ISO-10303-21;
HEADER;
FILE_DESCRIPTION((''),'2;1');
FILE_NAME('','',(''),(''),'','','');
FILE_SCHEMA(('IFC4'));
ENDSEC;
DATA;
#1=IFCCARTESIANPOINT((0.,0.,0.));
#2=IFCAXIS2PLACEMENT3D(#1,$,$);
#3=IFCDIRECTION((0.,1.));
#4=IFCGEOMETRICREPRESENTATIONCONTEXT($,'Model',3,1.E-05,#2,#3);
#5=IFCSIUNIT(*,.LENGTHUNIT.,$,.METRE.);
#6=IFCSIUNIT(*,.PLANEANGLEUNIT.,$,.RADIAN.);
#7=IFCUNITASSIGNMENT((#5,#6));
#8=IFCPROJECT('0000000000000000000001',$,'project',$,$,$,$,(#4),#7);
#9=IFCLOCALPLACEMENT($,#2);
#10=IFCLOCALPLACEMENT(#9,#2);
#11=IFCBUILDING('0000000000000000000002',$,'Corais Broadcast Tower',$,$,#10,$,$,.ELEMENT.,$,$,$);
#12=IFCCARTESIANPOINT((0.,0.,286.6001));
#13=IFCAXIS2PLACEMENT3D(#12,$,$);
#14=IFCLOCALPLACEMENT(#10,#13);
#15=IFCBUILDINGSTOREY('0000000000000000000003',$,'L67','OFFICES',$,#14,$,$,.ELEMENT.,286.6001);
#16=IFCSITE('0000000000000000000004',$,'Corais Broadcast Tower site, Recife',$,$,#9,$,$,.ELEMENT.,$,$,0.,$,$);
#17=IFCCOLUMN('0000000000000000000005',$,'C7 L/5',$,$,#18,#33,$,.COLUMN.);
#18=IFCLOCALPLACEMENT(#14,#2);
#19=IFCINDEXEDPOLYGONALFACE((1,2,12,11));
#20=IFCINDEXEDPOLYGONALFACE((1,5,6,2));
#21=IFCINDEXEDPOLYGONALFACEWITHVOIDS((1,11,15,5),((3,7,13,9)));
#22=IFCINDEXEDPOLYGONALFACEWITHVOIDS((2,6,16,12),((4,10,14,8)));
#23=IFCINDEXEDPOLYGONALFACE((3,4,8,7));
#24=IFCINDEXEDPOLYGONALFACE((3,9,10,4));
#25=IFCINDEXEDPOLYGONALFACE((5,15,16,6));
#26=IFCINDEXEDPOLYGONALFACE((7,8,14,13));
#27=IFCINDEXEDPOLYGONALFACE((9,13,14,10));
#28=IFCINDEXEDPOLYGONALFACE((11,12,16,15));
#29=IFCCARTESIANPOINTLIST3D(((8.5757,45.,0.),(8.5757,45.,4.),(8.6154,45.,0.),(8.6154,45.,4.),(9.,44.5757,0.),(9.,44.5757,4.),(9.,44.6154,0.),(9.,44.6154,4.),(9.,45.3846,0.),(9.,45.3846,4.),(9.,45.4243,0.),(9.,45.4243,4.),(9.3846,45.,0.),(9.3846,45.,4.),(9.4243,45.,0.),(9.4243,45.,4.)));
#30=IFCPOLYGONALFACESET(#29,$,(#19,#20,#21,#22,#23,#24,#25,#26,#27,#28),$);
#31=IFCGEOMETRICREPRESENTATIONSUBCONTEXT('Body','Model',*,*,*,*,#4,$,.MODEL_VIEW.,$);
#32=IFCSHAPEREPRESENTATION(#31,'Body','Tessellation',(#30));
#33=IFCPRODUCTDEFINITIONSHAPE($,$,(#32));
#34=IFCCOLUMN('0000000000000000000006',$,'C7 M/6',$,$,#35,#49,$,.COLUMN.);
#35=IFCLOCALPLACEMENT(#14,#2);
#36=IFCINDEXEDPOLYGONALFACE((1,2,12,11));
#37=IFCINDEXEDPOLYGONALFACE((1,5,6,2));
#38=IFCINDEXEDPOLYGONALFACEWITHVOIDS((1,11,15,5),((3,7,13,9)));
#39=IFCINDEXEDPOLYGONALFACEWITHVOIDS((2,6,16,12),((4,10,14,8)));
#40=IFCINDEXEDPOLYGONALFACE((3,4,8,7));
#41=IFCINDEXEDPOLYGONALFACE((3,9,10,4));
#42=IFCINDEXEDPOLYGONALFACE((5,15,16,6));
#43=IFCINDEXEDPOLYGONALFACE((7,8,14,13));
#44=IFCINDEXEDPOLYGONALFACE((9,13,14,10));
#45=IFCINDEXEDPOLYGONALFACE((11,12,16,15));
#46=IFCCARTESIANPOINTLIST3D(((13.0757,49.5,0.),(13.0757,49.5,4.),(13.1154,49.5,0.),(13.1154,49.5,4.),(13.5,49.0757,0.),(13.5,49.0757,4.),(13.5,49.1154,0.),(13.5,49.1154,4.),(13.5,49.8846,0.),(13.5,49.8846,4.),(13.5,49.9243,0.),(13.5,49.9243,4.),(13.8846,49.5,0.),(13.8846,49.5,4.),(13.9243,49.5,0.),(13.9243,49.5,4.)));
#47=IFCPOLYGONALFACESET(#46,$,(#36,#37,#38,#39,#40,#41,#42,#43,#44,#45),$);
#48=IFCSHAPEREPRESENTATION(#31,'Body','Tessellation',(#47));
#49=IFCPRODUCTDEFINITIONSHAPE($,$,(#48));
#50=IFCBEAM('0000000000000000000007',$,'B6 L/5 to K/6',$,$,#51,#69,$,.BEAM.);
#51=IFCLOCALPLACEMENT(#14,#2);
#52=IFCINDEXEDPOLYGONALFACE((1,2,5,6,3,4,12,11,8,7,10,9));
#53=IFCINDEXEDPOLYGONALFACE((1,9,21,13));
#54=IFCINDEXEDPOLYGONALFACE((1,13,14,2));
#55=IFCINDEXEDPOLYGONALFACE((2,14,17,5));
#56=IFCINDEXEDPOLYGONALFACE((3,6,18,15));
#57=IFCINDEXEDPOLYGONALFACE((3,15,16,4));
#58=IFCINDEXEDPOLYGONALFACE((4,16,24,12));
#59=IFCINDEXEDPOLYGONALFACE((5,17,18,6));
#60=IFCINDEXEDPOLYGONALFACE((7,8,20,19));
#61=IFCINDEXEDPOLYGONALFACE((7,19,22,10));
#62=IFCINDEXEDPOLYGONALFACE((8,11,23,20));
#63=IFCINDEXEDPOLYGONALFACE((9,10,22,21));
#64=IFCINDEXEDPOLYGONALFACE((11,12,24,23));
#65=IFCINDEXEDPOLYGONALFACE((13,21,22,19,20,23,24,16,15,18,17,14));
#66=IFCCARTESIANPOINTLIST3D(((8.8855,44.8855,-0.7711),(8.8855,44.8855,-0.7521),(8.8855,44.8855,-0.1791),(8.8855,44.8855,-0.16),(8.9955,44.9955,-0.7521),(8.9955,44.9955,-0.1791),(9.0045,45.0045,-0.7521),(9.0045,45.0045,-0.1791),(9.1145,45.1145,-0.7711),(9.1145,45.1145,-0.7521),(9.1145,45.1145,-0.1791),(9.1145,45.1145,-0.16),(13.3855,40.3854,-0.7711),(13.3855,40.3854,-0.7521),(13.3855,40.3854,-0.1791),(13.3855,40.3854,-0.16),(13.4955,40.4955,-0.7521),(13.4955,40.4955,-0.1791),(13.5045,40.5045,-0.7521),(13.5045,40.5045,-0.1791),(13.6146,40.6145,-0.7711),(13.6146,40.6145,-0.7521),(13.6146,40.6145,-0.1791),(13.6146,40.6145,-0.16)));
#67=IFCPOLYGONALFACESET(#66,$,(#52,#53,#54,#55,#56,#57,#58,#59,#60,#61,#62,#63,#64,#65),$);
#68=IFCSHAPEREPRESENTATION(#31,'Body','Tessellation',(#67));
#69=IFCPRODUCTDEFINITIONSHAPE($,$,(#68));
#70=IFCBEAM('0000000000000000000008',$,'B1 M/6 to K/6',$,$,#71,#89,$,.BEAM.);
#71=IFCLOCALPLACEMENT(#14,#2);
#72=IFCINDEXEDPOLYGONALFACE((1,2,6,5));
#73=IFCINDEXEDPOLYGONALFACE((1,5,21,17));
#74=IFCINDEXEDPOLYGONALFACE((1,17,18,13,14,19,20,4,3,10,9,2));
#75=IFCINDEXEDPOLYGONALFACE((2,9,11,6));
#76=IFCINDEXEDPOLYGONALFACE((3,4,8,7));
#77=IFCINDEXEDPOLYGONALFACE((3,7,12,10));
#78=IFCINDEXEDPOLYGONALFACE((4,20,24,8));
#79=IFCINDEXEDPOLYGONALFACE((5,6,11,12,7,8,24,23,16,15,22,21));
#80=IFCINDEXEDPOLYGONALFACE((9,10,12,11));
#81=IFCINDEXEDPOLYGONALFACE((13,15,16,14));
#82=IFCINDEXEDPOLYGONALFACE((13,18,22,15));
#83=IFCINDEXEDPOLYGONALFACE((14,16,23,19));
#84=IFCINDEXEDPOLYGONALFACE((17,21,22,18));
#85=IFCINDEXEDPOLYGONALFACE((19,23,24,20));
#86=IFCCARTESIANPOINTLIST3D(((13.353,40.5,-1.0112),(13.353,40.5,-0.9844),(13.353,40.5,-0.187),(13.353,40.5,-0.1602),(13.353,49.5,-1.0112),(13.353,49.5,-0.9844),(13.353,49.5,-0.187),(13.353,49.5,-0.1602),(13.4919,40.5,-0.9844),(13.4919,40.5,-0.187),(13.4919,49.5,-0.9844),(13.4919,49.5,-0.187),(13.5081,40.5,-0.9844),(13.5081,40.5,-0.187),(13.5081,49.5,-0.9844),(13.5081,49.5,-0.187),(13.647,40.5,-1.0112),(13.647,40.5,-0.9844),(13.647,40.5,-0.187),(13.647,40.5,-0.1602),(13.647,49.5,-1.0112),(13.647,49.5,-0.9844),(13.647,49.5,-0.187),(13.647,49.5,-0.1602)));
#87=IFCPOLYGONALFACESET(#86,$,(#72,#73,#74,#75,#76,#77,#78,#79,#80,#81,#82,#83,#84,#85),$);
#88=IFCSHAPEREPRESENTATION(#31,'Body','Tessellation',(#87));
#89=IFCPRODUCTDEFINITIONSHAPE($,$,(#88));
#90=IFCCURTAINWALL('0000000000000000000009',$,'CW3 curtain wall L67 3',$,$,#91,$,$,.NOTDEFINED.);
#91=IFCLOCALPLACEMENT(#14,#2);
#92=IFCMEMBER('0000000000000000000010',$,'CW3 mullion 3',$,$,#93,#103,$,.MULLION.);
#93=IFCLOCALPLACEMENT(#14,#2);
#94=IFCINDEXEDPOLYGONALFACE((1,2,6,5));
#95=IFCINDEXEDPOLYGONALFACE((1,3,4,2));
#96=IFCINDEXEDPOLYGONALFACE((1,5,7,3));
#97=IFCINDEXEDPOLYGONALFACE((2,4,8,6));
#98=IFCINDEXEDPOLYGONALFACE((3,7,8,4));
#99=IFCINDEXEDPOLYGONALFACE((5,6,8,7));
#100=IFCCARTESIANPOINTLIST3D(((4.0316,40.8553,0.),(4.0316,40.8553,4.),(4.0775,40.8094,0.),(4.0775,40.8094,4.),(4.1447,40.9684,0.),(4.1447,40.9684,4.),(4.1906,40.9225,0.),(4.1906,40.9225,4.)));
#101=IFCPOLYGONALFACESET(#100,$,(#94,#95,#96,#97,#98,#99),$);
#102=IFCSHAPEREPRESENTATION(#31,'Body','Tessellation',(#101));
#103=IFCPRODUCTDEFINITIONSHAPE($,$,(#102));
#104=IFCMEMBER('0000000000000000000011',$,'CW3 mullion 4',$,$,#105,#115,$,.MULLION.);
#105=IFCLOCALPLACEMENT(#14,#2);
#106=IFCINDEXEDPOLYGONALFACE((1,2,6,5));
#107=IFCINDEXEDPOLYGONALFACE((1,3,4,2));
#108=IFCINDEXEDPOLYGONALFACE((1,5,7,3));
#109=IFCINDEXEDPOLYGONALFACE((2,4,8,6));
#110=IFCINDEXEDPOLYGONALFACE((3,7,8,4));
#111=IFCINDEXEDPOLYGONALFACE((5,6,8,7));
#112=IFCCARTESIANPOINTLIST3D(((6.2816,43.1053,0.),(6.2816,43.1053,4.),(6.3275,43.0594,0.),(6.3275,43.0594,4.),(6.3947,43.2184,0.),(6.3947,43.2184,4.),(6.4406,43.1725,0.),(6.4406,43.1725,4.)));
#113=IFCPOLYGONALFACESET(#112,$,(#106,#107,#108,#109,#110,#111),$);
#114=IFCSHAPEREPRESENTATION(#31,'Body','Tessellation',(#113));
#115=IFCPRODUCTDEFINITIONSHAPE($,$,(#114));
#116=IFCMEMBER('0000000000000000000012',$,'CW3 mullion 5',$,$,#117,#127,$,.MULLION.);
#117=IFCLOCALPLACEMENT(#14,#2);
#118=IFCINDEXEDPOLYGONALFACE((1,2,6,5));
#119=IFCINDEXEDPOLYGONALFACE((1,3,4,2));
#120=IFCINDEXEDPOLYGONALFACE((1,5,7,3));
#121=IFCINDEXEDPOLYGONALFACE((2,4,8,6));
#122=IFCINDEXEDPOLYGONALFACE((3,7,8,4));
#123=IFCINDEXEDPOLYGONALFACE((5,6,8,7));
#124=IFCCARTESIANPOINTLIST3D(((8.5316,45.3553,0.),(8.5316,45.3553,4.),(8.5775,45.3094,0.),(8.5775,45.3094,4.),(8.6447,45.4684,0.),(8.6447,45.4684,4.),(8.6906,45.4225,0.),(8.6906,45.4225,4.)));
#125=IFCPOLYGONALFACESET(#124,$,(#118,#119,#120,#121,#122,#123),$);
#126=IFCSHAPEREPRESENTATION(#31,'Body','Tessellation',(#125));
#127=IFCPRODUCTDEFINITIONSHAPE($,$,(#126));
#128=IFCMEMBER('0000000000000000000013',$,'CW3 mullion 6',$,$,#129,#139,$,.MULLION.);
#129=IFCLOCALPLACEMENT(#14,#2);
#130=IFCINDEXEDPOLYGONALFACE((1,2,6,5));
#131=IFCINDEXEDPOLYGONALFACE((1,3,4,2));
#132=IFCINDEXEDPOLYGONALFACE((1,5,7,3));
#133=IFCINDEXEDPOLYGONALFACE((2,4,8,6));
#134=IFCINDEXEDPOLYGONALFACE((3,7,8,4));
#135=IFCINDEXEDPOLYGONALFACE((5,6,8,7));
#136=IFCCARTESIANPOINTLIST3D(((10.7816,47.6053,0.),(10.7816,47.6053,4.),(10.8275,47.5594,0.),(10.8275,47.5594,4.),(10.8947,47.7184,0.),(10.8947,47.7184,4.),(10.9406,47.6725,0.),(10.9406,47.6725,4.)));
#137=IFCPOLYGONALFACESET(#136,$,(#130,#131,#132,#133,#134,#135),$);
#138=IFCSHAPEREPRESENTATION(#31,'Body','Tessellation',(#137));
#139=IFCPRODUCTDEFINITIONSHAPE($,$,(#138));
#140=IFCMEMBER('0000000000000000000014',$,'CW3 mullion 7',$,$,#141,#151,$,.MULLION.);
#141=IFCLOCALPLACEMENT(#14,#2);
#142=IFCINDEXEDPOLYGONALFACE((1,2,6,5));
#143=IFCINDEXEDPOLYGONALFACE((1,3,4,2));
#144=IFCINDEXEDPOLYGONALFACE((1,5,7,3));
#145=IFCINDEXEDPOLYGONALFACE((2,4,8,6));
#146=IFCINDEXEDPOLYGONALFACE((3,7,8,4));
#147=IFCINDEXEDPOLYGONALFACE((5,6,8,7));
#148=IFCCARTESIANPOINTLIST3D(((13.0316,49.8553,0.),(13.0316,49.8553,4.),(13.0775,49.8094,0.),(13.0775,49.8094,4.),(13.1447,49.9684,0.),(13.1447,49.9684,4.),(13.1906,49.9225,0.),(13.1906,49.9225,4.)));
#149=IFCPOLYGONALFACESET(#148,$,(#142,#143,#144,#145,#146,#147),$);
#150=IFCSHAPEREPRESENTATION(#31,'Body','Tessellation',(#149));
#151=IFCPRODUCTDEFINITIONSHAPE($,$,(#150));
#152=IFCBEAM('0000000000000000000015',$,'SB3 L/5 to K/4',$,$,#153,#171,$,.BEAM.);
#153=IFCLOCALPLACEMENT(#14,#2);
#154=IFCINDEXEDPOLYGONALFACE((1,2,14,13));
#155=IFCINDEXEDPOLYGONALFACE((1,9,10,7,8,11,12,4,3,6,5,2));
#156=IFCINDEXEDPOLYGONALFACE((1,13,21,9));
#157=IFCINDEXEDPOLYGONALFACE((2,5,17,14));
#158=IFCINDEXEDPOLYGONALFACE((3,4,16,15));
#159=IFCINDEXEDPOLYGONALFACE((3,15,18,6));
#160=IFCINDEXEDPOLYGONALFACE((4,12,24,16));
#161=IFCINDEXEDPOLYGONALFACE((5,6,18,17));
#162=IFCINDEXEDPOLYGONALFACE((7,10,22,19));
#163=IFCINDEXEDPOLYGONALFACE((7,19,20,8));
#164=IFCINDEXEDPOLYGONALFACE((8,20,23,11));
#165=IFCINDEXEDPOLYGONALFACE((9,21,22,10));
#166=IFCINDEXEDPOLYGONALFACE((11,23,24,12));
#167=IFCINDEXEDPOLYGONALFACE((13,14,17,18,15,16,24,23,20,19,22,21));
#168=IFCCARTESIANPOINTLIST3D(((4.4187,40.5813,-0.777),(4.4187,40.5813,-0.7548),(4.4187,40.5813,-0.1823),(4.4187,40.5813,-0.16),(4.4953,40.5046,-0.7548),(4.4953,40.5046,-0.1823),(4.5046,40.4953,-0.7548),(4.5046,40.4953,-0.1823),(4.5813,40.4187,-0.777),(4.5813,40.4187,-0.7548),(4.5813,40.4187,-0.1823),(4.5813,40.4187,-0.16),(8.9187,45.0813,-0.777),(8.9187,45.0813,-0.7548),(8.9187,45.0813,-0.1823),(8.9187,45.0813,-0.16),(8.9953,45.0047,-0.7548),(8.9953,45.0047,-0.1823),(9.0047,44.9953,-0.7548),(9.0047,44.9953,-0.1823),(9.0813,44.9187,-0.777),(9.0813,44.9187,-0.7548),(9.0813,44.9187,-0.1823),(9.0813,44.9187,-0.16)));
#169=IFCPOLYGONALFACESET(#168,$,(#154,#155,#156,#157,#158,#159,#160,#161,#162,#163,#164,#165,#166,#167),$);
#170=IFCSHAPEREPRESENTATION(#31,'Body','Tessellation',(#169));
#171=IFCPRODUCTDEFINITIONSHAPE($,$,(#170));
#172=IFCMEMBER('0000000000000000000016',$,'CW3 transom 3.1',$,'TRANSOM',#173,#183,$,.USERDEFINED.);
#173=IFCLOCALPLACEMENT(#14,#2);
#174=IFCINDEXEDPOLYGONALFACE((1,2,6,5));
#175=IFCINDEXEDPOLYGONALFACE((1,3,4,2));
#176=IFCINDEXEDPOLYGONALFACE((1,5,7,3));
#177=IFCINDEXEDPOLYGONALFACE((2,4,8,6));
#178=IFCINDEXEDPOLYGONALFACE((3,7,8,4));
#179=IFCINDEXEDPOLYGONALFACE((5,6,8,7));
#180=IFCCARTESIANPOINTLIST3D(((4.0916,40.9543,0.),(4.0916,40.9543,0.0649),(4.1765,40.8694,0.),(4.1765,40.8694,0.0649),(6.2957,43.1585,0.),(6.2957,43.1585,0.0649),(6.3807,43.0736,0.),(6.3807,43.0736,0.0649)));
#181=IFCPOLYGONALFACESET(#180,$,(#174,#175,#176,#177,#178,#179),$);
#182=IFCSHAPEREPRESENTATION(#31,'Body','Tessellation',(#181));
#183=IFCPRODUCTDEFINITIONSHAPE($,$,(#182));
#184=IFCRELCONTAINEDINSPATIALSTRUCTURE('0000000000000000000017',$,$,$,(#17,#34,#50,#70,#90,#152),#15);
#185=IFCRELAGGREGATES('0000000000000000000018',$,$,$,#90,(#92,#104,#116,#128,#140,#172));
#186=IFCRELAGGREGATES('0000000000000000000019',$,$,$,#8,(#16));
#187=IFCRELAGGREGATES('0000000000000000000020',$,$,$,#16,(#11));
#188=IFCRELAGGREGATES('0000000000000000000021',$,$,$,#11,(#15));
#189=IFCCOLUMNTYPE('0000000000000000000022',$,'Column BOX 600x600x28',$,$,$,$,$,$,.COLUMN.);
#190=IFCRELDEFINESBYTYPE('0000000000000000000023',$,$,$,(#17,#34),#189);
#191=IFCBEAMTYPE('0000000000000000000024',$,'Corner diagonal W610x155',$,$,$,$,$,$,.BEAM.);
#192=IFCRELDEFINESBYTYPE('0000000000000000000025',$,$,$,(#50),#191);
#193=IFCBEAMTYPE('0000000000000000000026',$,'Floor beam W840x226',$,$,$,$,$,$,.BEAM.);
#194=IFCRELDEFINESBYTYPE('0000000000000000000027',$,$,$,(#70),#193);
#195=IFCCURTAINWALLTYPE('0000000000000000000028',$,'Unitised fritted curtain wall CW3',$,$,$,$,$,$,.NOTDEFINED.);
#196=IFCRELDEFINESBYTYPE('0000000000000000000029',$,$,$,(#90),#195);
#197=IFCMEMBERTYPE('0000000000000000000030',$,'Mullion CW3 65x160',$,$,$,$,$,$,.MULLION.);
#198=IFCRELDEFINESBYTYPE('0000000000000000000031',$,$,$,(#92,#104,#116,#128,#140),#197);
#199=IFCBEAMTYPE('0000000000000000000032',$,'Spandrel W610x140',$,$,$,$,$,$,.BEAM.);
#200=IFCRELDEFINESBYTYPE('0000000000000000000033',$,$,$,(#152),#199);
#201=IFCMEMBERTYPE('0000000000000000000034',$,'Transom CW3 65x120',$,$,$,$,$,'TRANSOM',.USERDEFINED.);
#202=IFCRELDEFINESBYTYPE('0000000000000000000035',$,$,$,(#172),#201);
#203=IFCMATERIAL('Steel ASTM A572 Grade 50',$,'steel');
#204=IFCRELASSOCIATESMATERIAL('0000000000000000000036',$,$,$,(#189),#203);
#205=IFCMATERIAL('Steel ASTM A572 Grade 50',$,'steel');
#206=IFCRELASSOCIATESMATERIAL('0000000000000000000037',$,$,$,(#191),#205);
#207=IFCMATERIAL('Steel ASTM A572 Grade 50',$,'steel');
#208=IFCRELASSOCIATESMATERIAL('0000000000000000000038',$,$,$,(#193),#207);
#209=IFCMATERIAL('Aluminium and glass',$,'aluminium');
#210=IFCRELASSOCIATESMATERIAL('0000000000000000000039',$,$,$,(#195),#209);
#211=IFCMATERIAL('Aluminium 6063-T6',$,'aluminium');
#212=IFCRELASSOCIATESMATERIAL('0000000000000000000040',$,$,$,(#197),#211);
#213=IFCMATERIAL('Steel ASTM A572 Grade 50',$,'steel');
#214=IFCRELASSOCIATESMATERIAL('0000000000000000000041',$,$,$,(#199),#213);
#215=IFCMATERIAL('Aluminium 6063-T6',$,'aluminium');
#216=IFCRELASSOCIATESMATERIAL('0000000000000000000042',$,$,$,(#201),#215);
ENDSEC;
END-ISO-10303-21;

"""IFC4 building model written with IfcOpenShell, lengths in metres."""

from ifc_helpers import new_model, si_unit, direction, frame, origin, origin_2d, place, context, subcontext, project, spatial, rectangle, hollow_rectangle, i_section, extrude, material, material_profile, profile_set, type_object, element, aggregate, save


model = new_model("IFC4")

# Units and contexts
model_context = context("Model", 3, precision=1e-05, world=origin(), true_north=direction((0.0, 1.0)))
body_context = subcontext(model_context, "Body", "Model", "MODEL_VIEW")
ifc_project = project(units=[si_unit("LENGTHUNIT", "METRE"), si_unit("PLANEANGLEUNIT", "RADIAN")], contexts=[model_context])

# Site, building, storey
site_placement = place(None, origin())
site = spatial("IfcSite", under=ifc_project, at=site_placement, Name="Corais Broadcast Tower site, Recife", CompositionType="ELEMENT", RefElevation=0.0)
building_placement = place(site_placement, origin())
building = spatial("IfcBuilding", under=site, at=building_placement, Name="Corais Broadcast Tower", CompositionType="ELEMENT")
storey_placement = place(building_placement, frame((0.0, 0.0, 286.6001)))
storey = spatial("IfcBuildingStorey", under=building, at=storey_placement, Name="L67", Description="OFFICES", CompositionType="ELEMENT", Elevation=286.6001)

# Columns
ifc_material_1 = material(Name="Steel ASTM A572 Grade 50", Category="steel")
ifc_material_profile_1 = material_profile(ifc_material_1, hollow_rectangle(XDim=0.6001, YDim=0.6001, WallThickness=0.0281, at=origin_2d()), Name="BOX 600x600x28")
ifc_profile_set_1 = profile_set([ifc_material_profile_1], Name="Steel ASTM A572 Grade 50")
column_type = type_object("IfcColumnType", Name="Column BOX 600x600x28", PredefinedType="COLUMN", material=ifc_profile_set_1)
for number, where, z_axis, x_axis, name in (
    (1, (9.0, 45.0, 0.0), (0.0, 0.0, 1.0), (0.707107, 0.707107, 0.0), "C7 L/5"),
    (2, (13.5, 49.5, 0.0), (0.0, 0.0, 1.0), (0.707107, 0.707107, 0.0), "C7 M/6"),
):
    element("IfcColumn", number, at=place(storey_placement, frame(where, z_axis=z_axis, x_axis=x_axis)), inside=storey, type_object=column_type, Name=name, PredefinedType="COLUMN", context=body_context, shape_type="SweptSolid", body=[
        extrude(hollow_rectangle(XDim=0.6001, YDim=0.6001, WallThickness=0.0281, at=origin_2d()), origin(), (0.0, 0.0, 1.0), 4.0),
    ])

# Beams
ifc_material_2 = material(Name="Steel ASTM A572 Grade 50", Category="steel")
ifc_material_profile_2 = material_profile(ifc_material_2, i_section(OverallWidth=0.324, OverallDepth=0.6111, WebThickness=0.0127, FlangeThickness=0.019, at=origin_2d()), Name="W610x155")
ifc_profile_set_2 = profile_set([ifc_material_profile_2], Name="Steel ASTM A572 Grade 50")
beam_type_1 = type_object("IfcBeamType", Name="Corner diagonal W610x155", PredefinedType="BEAM", material=ifc_profile_set_2)
beam_1_placement = place(storey_placement, frame((9.0, 45.0, -0.4656), z_axis=(0.707107, -0.707107, 0.0), x_axis=(0.707107, 0.707107, 0.0)))
element("IfcBeam", 3, at=beam_1_placement, inside=storey, type_object=beam_type_1, Name="B6 L/5 to K/6", PredefinedType="BEAM", context=body_context, shape_type="SweptSolid", body=[
    extrude(i_section(OverallWidth=0.324, OverallDepth=0.6111, WebThickness=0.0127, FlangeThickness=0.019, at=origin_2d()), origin(), (0.0, 0.0, 1.0), 6.364),
])
ifc_material_3 = material(Name="Steel ASTM A572 Grade 50", Category="steel")
ifc_material_profile_3 = material_profile(ifc_material_3, i_section(OverallWidth=0.2939, OverallDepth=0.8511, WebThickness=0.0161, FlangeThickness=0.0269, at=origin_2d()), Name="W840x226")
ifc_profile_set_3 = profile_set([ifc_material_profile_3], Name="Steel ASTM A572 Grade 50")
beam_type_2 = type_object("IfcBeamType", Name="Floor beam W840x226", PredefinedType="BEAM", material=ifc_profile_set_3)
beam_2_placement = place(storey_placement, frame((13.5, 49.5, -0.5857), z_axis=(0.0, -1.0, 0.0), x_axis=(1.0, 0.0, 0.0)))
element("IfcBeam", 4, at=beam_2_placement, inside=storey, type_object=beam_type_2, Name="B1 M/6 to K/6", PredefinedType="BEAM", context=body_context, shape_type="SweptSolid", body=[
    extrude(i_section(OverallWidth=0.2939, OverallDepth=0.8511, WebThickness=0.0161, FlangeThickness=0.0269, at=origin_2d()), origin(), (0.0, 0.0, 1.0), 9.0),
])

# Curtain wall, members
ifc_material_4 = material(Name="Aluminium and glass", Category="aluminium")
curtain_wall_type = type_object("IfcCurtainWallType", Name="Unitised fritted curtain wall CW3", PredefinedType="NOTDEFINED", material=ifc_material_4)
curtain_wall_placement = place(storey_placement, origin())
curtain_wall = element("IfcCurtainWall", 5, at=curtain_wall_placement, inside=storey, type_object=curtain_wall_type, Name="CW3 curtain wall L67 3", PredefinedType="NOTDEFINED")
ifc_material_5 = material(Name="Aluminium 6063-T6", Category="aluminium")
ifc_material_profile_4 = material_profile(ifc_material_5, rectangle(XDim=0.0649, YDim=0.1599, at=origin_2d()), Name="Mullion CW3 65x160")
ifc_profile_set_4 = profile_set([ifc_material_profile_4], Name="Aluminium 6063-T6")
member_type_1 = type_object("IfcMemberType", Name="Mullion CW3 65x160", PredefinedType="MULLION", material=ifc_profile_set_4)
member_1_placement = place(storey_placement, frame((4.1111, 40.8889, 0.0), z_axis=(0.0, 0.0, 1.0), x_axis=(-0.707107, 0.707107, 0.0)))
member_1 = element("IfcMember", 6, at=member_1_placement, type_object=member_type_1, Name="CW3 mullion 3", PredefinedType="MULLION", context=body_context, shape_type="SweptSolid", body=[
    extrude(rectangle(XDim=0.0649, YDim=0.1599, at=origin_2d()), origin(), (0.0, 0.0, 1.0), 4.0),
])
member_2_placement = place(storey_placement, frame((6.3611, 43.1389, 0.0), z_axis=(0.0, 0.0, 1.0), x_axis=(-0.707107, 0.707107, 0.0)))
member_2 = element("IfcMember", 7, at=member_2_placement, type_object=member_type_1, Name="CW3 mullion 4", PredefinedType="MULLION", context=body_context, shape_type="SweptSolid", body=[
    extrude(rectangle(XDim=0.0649, YDim=0.1599, at=origin_2d()), origin(), (0.0, 0.0, 1.0), 4.0),
])
member_3_placement = place(storey_placement, frame((8.6111, 45.3889, 0.0), z_axis=(0.0, 0.0, 1.0), x_axis=(-0.707107, 0.707107, 0.0)))
member_3 = element("IfcMember", 8, at=member_3_placement, type_object=member_type_1, Name="CW3 mullion 5", PredefinedType="MULLION", context=body_context, shape_type="SweptSolid", body=[
    extrude(rectangle(XDim=0.0649, YDim=0.1599, at=origin_2d()), origin(), (0.0, 0.0, 1.0), 4.0),
])
member_4_placement = place(storey_placement, frame((10.8611, 47.6389, 0.0), z_axis=(0.0, 0.0, 1.0), x_axis=(-0.707107, 0.707107, 0.0)))
member_4 = element("IfcMember", 9, at=member_4_placement, type_object=member_type_1, Name="CW3 mullion 6", PredefinedType="MULLION", context=body_context, shape_type="SweptSolid", body=[
    extrude(rectangle(XDim=0.0649, YDim=0.1599, at=origin_2d()), origin(), (0.0, 0.0, 1.0), 4.0),
])
member_5_placement = place(storey_placement, frame((13.1111, 49.8889, 0.0), z_axis=(0.0, 0.0, 1.0), x_axis=(-0.707107, 0.707107, 0.0)))
member_5 = element("IfcMember", 10, at=member_5_placement, type_object=member_type_1, Name="CW3 mullion 7", PredefinedType="MULLION", context=body_context, shape_type="SweptSolid", body=[
    extrude(rectangle(XDim=0.0649, YDim=0.1599, at=origin_2d()), origin(), (0.0, 0.0, 1.0), 4.0),
])

# Beam
ifc_material_6 = material(Name="Steel ASTM A572 Grade 50", Category="steel")
ifc_material_profile_5 = material_profile(ifc_material_6, i_section(OverallWidth=0.23, OverallDepth=0.6169, WebThickness=0.0132, FlangeThickness=0.0222, at=origin_2d()), Name="W610x140")
ifc_profile_set_5 = profile_set([ifc_material_profile_5], Name="Steel ASTM A572 Grade 50")
beam_type_3 = type_object("IfcBeamType", Name="Spandrel W610x140", PredefinedType="BEAM", material=ifc_profile_set_5)
beam_3_placement = place(storey_placement, frame((9.0, 45.0, -0.4685), z_axis=(-0.707107, -0.707107, 0.0), x_axis=(0.707107, -0.707107, 0.0)))
element("IfcBeam", 11, at=beam_3_placement, inside=storey, type_object=beam_type_3, Name="SB3 L/5 to K/4", PredefinedType="BEAM", context=body_context, shape_type="SweptSolid", body=[
    extrude(i_section(OverallWidth=0.23, OverallDepth=0.6169, WebThickness=0.0132, FlangeThickness=0.0222, at=origin_2d()), origin(), (0.0, 0.0, 1.0), 6.364),
])

# Member
ifc_material_7 = material(Name="Aluminium 6063-T6", Category="aluminium")
ifc_material_profile_6 = material_profile(ifc_material_7, rectangle(XDim=0.1201, YDim=0.0649, at=origin_2d()), Name="Transom CW3 65x120")
ifc_profile_set_6 = profile_set([ifc_material_profile_6], Name="Aluminium 6063-T6")
member_type_2 = type_object("IfcMemberType", Name="Transom CW3 65x120", ElementType="TRANSOM", PredefinedType="USERDEFINED", material=ifc_profile_set_6)
member_6_placement = place(storey_placement, frame((4.134, 40.9119, 0.0325), z_axis=(0.707107, 0.707107, 0.0), x_axis=(-0.707107, 0.707107, 0.0)))
member_6 = element("IfcMember", 12, at=member_6_placement, type_object=member_type_2, Name="CW3 transom 3.1", ObjectType="TRANSOM", PredefinedType="USERDEFINED", context=body_context, shape_type="SweptSolid", body=[
    extrude(rectangle(XDim=0.1201, YDim=0.0649, at=origin_2d()), origin(), (0.0, 0.0, 1.0), 3.1172),
])

aggregate(curtain_wall, [member_1, member_2, member_3, member_4, member_5, member_6])

save(model, "model.ifc")
